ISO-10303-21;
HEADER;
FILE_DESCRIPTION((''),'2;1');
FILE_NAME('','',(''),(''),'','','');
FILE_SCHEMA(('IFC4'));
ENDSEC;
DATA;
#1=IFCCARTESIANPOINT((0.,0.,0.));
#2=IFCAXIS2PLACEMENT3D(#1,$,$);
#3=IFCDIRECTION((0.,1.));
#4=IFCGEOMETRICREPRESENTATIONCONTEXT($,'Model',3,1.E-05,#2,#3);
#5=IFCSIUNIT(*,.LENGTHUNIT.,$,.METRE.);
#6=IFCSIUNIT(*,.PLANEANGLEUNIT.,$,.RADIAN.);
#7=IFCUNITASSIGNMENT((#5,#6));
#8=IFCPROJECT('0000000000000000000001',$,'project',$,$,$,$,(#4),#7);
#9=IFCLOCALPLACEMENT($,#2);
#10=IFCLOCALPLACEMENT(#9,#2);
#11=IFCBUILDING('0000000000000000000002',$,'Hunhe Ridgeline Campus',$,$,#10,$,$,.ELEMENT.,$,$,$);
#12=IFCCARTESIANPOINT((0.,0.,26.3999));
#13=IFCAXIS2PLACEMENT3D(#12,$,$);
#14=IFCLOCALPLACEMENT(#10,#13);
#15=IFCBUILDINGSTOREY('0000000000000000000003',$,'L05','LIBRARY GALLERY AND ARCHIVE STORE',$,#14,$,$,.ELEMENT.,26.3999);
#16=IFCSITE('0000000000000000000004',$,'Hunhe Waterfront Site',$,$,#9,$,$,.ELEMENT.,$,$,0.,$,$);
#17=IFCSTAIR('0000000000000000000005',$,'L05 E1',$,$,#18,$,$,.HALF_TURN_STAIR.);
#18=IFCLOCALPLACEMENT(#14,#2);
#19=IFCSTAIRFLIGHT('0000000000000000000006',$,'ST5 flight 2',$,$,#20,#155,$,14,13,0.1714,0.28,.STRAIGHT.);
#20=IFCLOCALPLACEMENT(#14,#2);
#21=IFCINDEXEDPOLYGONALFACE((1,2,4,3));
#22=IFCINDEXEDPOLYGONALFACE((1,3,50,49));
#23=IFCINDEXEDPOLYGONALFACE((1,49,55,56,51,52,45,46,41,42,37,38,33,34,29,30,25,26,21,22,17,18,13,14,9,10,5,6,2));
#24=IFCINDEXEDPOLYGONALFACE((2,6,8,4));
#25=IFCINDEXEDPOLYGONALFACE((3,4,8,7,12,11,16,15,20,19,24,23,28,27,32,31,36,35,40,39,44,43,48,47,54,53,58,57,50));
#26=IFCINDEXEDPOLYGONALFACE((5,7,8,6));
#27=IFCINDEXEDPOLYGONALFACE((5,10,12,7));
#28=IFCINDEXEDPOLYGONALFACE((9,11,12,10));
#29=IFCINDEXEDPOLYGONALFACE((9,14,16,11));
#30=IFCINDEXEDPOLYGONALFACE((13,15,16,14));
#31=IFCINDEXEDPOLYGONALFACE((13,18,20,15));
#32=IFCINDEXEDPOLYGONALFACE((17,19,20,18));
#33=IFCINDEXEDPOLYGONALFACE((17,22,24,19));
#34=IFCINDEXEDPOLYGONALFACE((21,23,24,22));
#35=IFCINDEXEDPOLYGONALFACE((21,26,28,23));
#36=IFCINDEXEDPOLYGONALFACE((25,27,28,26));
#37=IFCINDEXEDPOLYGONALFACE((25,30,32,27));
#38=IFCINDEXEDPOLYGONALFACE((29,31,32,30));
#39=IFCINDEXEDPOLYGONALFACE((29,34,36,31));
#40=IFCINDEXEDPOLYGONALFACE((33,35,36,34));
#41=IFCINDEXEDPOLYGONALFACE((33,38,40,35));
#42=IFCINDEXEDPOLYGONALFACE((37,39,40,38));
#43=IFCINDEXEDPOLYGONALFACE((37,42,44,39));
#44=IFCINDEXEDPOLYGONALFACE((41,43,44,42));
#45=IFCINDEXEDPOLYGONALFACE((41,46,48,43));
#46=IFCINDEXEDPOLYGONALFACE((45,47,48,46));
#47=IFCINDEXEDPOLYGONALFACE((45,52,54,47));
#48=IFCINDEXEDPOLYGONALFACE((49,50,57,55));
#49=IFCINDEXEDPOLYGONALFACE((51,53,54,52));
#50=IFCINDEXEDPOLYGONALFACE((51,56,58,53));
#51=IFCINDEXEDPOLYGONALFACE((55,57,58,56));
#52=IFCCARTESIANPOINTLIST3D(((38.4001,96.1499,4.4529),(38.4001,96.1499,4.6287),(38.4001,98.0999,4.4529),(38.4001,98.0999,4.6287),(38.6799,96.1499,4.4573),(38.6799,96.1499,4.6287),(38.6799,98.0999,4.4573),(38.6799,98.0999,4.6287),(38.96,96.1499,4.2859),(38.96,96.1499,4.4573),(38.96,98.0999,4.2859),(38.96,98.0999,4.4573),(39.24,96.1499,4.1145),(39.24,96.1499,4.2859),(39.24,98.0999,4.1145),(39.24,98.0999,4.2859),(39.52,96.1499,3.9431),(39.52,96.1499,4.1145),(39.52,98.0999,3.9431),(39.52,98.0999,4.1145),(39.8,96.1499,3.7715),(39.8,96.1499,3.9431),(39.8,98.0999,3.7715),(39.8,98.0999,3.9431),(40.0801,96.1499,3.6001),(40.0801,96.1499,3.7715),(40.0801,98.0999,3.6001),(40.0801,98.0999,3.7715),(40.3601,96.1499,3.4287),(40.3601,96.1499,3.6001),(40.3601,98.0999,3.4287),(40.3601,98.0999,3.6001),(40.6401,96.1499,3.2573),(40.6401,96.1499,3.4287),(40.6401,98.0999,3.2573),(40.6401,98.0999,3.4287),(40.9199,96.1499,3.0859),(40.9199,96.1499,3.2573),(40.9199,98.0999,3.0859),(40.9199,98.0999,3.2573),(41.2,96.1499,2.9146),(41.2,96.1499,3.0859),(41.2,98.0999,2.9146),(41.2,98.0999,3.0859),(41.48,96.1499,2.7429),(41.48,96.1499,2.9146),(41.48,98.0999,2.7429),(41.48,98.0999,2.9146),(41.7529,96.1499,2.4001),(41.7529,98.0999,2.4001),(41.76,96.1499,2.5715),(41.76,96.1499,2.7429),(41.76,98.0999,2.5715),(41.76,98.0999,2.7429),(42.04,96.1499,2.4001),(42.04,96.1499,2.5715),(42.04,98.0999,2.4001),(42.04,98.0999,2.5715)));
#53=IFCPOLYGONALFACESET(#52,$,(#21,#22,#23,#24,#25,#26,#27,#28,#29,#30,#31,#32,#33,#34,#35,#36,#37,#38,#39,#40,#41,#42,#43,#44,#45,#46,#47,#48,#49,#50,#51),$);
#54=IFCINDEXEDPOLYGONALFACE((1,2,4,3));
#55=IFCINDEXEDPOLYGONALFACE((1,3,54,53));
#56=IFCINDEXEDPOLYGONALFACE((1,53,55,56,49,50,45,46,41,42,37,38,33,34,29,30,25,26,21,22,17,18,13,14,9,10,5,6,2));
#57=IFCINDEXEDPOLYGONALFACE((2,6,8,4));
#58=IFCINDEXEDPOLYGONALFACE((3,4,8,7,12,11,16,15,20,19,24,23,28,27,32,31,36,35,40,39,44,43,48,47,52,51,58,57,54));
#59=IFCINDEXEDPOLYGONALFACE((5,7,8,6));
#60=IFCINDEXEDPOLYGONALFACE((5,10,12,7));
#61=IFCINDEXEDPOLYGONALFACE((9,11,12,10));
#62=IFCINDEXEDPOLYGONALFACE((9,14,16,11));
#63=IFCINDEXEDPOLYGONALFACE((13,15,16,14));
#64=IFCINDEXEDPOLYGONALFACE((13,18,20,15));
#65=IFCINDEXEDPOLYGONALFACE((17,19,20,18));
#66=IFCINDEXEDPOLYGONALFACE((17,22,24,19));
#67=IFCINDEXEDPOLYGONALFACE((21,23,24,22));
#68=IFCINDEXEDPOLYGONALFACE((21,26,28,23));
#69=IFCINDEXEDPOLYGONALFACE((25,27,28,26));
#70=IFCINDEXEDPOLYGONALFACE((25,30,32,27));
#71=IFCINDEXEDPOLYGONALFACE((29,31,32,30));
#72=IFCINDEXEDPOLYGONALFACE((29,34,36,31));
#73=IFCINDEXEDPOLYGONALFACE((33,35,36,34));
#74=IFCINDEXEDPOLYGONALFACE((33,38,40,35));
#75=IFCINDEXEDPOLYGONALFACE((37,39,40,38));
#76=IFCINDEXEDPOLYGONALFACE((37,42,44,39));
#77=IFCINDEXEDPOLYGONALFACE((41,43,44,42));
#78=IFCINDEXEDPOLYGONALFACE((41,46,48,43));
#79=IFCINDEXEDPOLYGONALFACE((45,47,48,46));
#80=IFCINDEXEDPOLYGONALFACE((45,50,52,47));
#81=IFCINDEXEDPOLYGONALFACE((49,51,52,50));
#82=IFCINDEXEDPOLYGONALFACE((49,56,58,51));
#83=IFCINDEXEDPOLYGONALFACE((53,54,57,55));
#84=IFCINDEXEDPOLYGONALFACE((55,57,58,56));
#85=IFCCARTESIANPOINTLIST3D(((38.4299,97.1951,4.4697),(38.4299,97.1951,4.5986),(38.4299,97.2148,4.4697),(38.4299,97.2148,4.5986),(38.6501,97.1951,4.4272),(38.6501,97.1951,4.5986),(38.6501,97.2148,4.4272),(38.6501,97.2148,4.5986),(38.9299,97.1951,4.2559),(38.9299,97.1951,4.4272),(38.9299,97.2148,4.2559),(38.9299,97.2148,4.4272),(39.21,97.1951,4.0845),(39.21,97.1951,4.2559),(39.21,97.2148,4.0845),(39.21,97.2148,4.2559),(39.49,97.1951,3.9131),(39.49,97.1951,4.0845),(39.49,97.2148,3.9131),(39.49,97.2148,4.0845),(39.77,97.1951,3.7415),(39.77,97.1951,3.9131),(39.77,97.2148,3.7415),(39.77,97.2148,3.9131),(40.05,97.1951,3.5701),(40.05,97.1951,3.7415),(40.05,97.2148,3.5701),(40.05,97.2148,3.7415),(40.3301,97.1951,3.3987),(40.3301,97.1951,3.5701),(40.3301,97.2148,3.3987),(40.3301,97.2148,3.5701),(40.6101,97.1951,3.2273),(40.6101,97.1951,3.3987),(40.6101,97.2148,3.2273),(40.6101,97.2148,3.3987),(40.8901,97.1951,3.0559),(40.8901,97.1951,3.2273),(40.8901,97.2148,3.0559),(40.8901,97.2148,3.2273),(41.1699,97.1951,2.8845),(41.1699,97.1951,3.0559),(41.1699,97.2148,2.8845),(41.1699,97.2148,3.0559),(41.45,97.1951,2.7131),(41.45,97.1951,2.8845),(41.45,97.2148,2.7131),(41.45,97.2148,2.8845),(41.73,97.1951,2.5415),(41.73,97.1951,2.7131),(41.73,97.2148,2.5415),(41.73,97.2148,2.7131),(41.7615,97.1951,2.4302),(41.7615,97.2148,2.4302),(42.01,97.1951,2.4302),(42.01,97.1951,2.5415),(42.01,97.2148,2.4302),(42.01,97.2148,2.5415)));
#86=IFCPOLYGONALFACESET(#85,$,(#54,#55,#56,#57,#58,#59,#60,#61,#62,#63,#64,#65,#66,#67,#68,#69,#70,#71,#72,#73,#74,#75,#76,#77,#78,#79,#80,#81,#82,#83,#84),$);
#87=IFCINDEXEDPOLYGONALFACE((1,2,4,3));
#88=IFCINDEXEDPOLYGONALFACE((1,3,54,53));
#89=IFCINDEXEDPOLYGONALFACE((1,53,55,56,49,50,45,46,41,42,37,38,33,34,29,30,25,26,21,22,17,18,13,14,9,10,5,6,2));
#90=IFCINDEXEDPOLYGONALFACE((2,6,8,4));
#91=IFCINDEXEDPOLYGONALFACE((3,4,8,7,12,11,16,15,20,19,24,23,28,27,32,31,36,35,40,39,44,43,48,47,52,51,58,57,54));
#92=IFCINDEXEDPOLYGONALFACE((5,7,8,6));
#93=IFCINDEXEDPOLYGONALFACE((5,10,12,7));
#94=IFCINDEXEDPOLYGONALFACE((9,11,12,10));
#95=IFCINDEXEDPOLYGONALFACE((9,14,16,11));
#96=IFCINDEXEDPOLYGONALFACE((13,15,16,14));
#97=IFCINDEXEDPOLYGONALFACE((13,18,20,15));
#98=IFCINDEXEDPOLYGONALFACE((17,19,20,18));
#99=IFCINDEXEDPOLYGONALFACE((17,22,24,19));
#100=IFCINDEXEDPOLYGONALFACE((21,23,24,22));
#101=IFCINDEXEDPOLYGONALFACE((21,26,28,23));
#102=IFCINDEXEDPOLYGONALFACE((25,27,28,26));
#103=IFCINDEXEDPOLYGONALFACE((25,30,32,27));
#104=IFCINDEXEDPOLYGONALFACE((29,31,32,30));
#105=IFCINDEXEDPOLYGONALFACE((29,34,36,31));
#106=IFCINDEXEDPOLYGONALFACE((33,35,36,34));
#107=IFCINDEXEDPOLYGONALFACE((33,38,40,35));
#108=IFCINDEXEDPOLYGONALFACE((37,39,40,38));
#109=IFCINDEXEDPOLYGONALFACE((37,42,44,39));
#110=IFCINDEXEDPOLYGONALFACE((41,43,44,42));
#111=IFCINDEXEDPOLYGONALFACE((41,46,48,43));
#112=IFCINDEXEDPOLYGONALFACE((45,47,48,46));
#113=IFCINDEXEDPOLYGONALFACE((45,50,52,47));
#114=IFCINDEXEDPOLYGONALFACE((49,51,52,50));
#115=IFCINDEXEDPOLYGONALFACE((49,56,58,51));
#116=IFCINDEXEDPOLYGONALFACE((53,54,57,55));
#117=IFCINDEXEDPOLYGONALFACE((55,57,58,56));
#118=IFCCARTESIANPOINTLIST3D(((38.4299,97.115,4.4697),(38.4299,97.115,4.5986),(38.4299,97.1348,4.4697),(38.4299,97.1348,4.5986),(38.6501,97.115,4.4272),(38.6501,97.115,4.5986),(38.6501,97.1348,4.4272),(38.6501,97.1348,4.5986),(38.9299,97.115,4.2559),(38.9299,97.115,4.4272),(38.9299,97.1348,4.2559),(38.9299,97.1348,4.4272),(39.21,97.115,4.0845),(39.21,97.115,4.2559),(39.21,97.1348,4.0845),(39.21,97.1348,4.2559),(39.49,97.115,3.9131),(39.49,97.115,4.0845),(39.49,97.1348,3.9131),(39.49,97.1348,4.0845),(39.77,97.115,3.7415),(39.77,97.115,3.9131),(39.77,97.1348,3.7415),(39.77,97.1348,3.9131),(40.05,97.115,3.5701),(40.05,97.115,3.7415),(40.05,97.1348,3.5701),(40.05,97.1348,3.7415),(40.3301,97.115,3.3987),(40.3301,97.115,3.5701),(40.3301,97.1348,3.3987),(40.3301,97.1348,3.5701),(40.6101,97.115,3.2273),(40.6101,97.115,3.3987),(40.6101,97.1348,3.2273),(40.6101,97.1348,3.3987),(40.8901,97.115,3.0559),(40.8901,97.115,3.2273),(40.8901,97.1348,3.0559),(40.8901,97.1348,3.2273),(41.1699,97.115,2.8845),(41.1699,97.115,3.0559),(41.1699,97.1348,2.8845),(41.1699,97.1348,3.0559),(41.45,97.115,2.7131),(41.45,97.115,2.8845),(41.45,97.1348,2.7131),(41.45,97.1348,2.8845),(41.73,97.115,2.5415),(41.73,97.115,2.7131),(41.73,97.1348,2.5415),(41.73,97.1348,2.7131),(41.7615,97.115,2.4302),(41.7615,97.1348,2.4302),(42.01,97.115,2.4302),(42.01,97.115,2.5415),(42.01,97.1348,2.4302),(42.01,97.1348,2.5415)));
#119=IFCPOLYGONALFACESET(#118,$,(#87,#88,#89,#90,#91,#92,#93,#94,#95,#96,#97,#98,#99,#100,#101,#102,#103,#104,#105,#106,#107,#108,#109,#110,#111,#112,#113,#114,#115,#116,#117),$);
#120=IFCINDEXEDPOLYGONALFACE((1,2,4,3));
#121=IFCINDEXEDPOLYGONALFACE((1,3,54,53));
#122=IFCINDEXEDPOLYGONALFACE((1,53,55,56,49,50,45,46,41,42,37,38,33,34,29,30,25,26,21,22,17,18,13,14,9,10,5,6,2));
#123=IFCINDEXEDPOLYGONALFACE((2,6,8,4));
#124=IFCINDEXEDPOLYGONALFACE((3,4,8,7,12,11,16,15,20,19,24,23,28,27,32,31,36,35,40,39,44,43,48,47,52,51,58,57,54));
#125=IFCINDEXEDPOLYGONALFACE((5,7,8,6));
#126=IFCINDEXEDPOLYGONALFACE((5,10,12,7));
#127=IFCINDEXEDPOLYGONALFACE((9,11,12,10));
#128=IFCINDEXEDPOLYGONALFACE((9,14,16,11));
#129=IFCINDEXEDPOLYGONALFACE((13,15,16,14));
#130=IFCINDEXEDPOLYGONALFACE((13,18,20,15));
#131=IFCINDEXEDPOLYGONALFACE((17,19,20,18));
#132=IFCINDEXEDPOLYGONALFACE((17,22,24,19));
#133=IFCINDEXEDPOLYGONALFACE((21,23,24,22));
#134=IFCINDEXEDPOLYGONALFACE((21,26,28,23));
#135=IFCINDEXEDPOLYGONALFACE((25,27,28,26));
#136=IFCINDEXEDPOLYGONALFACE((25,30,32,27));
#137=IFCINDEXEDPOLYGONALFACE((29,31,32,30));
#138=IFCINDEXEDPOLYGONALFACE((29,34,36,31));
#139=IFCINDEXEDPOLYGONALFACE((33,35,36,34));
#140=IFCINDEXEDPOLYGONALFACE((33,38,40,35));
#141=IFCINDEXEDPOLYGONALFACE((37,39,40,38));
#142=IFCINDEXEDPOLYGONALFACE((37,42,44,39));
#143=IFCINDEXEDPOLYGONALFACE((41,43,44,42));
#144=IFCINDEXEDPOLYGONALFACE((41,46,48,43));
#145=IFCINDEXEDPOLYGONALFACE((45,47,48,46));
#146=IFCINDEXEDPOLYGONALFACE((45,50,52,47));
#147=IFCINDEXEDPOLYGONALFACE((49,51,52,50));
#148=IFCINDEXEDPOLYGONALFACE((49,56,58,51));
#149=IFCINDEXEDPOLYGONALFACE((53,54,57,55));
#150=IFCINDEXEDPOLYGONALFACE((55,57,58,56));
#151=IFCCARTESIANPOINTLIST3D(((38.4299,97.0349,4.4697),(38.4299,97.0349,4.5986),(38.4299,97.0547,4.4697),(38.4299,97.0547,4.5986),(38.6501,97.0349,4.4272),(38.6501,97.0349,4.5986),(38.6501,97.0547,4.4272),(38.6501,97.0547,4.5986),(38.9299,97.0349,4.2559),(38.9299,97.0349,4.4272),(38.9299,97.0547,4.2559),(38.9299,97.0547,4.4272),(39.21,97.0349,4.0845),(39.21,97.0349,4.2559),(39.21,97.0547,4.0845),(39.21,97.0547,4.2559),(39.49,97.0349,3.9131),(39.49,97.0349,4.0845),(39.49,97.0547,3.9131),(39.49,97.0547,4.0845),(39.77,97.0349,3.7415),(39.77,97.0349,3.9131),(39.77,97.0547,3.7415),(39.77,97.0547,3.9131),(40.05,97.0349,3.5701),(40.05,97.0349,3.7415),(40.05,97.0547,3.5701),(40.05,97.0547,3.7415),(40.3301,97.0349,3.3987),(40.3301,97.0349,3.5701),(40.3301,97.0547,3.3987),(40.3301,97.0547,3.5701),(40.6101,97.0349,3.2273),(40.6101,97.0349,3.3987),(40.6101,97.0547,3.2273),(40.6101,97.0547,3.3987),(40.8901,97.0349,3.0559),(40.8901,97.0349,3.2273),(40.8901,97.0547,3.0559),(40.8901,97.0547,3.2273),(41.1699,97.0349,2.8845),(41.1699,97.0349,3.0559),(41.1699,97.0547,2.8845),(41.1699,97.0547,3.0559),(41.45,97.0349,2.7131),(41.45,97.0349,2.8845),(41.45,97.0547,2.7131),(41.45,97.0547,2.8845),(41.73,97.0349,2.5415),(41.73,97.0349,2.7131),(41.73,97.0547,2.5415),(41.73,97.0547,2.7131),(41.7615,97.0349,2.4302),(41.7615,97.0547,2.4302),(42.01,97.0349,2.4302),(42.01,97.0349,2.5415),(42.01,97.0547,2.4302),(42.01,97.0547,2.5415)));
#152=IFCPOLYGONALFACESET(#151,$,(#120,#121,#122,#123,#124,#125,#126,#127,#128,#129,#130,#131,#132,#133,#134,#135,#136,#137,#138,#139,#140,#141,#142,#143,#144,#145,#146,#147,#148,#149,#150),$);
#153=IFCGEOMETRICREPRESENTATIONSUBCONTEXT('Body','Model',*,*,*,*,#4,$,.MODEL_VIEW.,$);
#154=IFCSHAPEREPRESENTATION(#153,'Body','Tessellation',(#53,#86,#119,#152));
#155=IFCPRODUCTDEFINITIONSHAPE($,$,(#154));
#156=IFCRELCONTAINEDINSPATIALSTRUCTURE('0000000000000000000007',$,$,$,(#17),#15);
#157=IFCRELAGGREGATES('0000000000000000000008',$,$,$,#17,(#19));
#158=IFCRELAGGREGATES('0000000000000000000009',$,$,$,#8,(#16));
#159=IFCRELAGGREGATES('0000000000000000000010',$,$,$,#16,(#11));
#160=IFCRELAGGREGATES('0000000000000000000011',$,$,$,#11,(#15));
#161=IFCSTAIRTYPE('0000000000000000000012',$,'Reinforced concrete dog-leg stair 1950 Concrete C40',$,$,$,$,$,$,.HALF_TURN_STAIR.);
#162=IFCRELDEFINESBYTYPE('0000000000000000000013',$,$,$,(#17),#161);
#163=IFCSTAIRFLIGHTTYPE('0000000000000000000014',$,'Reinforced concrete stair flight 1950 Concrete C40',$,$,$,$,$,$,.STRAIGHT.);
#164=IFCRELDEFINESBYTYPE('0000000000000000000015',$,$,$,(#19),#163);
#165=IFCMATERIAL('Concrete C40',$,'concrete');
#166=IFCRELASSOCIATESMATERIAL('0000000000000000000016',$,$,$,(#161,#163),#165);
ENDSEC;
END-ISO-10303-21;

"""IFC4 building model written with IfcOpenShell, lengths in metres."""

from ifc_helpers import new_model, si_unit, direction, frame, origin, place, context, subcontext, project, spatial, polyline, outline, extrude, material, type_object, element, aggregate, save


model = new_model("IFC4")

# Units and contexts
model_context = context("Model", 3, precision=1e-05, world=origin(), true_north=direction((0.0, 1.0)))
body_context = subcontext(model_context, "Body", "Model", "MODEL_VIEW")
ifc_project = project(units=[si_unit("LENGTHUNIT", "METRE"), si_unit("PLANEANGLEUNIT", "RADIAN")], contexts=[model_context])

# Site, building, storey
site_placement = place(None, origin())
site = spatial("IfcSite", under=ifc_project, at=site_placement, Name="Hunhe Waterfront Site", CompositionType="ELEMENT", RefElevation=0.0)
building_placement = place(site_placement, origin())
building = spatial("IfcBuilding", under=site, at=building_placement, Name="Hunhe Ridgeline Campus", CompositionType="ELEMENT")
storey_placement = place(building_placement, frame((0.0, 0.0, 26.3999)))
storey = spatial("IfcBuildingStorey", under=building, at=storey_placement, Name="L05", Description="LIBRARY GALLERY AND ARCHIVE STORE", CompositionType="ELEMENT", Elevation=26.3999)

# Stair, stair flight
ifc_material_1 = material(Name="Concrete C40", Category="concrete")
stair_type = type_object("IfcStairType", Name="Reinforced concrete dog-leg stair 1950 Concrete C40", PredefinedType="HALF_TURN_STAIR", material=ifc_material_1)
stair_placement = place(storey_placement, origin())
stair = element("IfcStair", 1, at=stair_placement, inside=storey, type_object=stair_type, Name="L05 E1", PredefinedType="HALF_TURN_STAIR")
stair_flight_type = type_object("IfcStairFlightType", Name="Reinforced concrete stair flight 1950 Concrete C40", PredefinedType="STRAIGHT", material=ifc_material_1)
stair_flight_1_placement = place(storey_placement, frame((42.04, 97.125, 2.4001), z_axis=(0.0, 0.0, 1.0), x_axis=(-1.0, 0.0, 0.0)))
stair_flight_1 = element("IfcStairFlight", 2, at=stair_flight_1_placement, type_object=stair_flight_type, Name="ST5 flight 2", NumberOfRisers=14, NumberOfTreads=13, PredefinedType="STRAIGHT", RiserHeight=0.1714, TreadLength=0.28, context=body_context, shape_type="SweptSolid", body=[
    extrude(outline(polyline([(0.0, 0.0), (0.0, 0.1714), (0.28, 0.1714), (0.28, 0.3428), (0.5601, 0.3428), (0.5601, 0.5144), (0.8401, 0.5144), (0.8401, 0.6858), (1.1201, 0.6858), (1.1201, 0.8572), (1.3999, 0.8572), (1.3999, 1.0286), (1.6799, 1.0286), (1.6799, 1.2), (1.96, 1.2), (1.96, 1.3713), (2.24, 1.3713), (2.24, 1.543), (2.52, 1.543), (2.52, 1.7144), (2.8, 1.7144), (2.8, 1.8857), (3.0801, 1.8857), (3.0801, 2.0571), (3.3601, 2.0571), (3.3601, 2.2285), (3.6399, 2.2285), (3.6399, 2.3999), (3.6399, 2.0527), (0.2871, 0.0), (0.0, 0.0)])), frame((0.0, 0.9751, 0.0), z_axis=(0.0, -1.0, 0.0), x_axis=(1.0, 0.0, 0.0)), (0.0, 0.0, 1.0), 1.95),
    extrude(outline(polyline([(0.03, 0.03), (0.03, 0.1414), (0.3101, 0.1414), (0.3101, 0.313), (0.5901, 0.313), (0.5901, 0.4844), (0.8701, 0.4844), (0.8701, 0.6558), (1.1499, 0.6558), (1.1499, 0.8271), (1.4299, 0.8271), (1.4299, 0.9985), (1.71, 0.9985), (1.71, 1.1699), (1.99, 1.1699), (1.99, 1.3413), (2.27, 1.3413), (2.27, 1.5129), (2.55, 1.5129), (2.55, 1.6843), (2.8301, 1.6843), (2.8301, 1.8557), (3.1101, 1.8557), (3.1101, 2.0271), (3.3899, 2.0271), (3.3899, 2.1985), (3.6101, 2.1985), (3.6101, 2.0696), (0.2786, 0.03), (0.03, 0.03)])), frame((0.0, -0.0701, 0.0), z_axis=(0.0, -1.0, 0.0), x_axis=(1.0, 0.0, 0.0)), (0.0, 0.0, 1.0), 0.0198),
    extrude(outline(polyline([(0.03, 0.03), (0.03, 0.1414), (0.3101, 0.1414), (0.3101, 0.313), (0.5901, 0.313), (0.5901, 0.4844), (0.8701, 0.4844), (0.8701, 0.6558), (1.1499, 0.6558), (1.1499, 0.8271), (1.4299, 0.8271), (1.4299, 0.9985), (1.71, 0.9985), (1.71, 1.1699), (1.99, 1.1699), (1.99, 1.3413), (2.27, 1.3413), (2.27, 1.5129), (2.55, 1.5129), (2.55, 1.6843), (2.8301, 1.6843), (2.8301, 1.8557), (3.1101, 1.8557), (3.1101, 2.0271), (3.3899, 2.0271), (3.3899, 2.1985), (3.6101, 2.1985), (3.6101, 2.0696), (0.2786, 0.03), (0.03, 0.03)])), frame((0.0, 0.01, 0.0), z_axis=(0.0, -1.0, 0.0), x_axis=(1.0, 0.0, 0.0)), (0.0, 0.0, 1.0), 0.0198),
    extrude(outline(polyline([(0.03, 0.03), (0.03, 0.1414), (0.3101, 0.1414), (0.3101, 0.313), (0.5901, 0.313), (0.5901, 0.4844), (0.8701, 0.4844), (0.8701, 0.6558), (1.1499, 0.6558), (1.1499, 0.8271), (1.4299, 0.8271), (1.4299, 0.9985), (1.71, 0.9985), (1.71, 1.1699), (1.99, 1.1699), (1.99, 1.3413), (2.27, 1.3413), (2.27, 1.5129), (2.55, 1.5129), (2.55, 1.6843), (2.8301, 1.6843), (2.8301, 1.8557), (3.1101, 1.8557), (3.1101, 2.0271), (3.3899, 2.0271), (3.3899, 2.1985), (3.6101, 2.1985), (3.6101, 2.0696), (0.2786, 0.03), (0.03, 0.03)])), frame((0.0, 0.0901, 0.0), z_axis=(0.0, -1.0, 0.0), x_axis=(1.0, 0.0, 0.0)), (0.0, 0.0, 1.0), 0.0198),
])
aggregate(stair, [stair_flight_1])

save(model, "model.ifc")
